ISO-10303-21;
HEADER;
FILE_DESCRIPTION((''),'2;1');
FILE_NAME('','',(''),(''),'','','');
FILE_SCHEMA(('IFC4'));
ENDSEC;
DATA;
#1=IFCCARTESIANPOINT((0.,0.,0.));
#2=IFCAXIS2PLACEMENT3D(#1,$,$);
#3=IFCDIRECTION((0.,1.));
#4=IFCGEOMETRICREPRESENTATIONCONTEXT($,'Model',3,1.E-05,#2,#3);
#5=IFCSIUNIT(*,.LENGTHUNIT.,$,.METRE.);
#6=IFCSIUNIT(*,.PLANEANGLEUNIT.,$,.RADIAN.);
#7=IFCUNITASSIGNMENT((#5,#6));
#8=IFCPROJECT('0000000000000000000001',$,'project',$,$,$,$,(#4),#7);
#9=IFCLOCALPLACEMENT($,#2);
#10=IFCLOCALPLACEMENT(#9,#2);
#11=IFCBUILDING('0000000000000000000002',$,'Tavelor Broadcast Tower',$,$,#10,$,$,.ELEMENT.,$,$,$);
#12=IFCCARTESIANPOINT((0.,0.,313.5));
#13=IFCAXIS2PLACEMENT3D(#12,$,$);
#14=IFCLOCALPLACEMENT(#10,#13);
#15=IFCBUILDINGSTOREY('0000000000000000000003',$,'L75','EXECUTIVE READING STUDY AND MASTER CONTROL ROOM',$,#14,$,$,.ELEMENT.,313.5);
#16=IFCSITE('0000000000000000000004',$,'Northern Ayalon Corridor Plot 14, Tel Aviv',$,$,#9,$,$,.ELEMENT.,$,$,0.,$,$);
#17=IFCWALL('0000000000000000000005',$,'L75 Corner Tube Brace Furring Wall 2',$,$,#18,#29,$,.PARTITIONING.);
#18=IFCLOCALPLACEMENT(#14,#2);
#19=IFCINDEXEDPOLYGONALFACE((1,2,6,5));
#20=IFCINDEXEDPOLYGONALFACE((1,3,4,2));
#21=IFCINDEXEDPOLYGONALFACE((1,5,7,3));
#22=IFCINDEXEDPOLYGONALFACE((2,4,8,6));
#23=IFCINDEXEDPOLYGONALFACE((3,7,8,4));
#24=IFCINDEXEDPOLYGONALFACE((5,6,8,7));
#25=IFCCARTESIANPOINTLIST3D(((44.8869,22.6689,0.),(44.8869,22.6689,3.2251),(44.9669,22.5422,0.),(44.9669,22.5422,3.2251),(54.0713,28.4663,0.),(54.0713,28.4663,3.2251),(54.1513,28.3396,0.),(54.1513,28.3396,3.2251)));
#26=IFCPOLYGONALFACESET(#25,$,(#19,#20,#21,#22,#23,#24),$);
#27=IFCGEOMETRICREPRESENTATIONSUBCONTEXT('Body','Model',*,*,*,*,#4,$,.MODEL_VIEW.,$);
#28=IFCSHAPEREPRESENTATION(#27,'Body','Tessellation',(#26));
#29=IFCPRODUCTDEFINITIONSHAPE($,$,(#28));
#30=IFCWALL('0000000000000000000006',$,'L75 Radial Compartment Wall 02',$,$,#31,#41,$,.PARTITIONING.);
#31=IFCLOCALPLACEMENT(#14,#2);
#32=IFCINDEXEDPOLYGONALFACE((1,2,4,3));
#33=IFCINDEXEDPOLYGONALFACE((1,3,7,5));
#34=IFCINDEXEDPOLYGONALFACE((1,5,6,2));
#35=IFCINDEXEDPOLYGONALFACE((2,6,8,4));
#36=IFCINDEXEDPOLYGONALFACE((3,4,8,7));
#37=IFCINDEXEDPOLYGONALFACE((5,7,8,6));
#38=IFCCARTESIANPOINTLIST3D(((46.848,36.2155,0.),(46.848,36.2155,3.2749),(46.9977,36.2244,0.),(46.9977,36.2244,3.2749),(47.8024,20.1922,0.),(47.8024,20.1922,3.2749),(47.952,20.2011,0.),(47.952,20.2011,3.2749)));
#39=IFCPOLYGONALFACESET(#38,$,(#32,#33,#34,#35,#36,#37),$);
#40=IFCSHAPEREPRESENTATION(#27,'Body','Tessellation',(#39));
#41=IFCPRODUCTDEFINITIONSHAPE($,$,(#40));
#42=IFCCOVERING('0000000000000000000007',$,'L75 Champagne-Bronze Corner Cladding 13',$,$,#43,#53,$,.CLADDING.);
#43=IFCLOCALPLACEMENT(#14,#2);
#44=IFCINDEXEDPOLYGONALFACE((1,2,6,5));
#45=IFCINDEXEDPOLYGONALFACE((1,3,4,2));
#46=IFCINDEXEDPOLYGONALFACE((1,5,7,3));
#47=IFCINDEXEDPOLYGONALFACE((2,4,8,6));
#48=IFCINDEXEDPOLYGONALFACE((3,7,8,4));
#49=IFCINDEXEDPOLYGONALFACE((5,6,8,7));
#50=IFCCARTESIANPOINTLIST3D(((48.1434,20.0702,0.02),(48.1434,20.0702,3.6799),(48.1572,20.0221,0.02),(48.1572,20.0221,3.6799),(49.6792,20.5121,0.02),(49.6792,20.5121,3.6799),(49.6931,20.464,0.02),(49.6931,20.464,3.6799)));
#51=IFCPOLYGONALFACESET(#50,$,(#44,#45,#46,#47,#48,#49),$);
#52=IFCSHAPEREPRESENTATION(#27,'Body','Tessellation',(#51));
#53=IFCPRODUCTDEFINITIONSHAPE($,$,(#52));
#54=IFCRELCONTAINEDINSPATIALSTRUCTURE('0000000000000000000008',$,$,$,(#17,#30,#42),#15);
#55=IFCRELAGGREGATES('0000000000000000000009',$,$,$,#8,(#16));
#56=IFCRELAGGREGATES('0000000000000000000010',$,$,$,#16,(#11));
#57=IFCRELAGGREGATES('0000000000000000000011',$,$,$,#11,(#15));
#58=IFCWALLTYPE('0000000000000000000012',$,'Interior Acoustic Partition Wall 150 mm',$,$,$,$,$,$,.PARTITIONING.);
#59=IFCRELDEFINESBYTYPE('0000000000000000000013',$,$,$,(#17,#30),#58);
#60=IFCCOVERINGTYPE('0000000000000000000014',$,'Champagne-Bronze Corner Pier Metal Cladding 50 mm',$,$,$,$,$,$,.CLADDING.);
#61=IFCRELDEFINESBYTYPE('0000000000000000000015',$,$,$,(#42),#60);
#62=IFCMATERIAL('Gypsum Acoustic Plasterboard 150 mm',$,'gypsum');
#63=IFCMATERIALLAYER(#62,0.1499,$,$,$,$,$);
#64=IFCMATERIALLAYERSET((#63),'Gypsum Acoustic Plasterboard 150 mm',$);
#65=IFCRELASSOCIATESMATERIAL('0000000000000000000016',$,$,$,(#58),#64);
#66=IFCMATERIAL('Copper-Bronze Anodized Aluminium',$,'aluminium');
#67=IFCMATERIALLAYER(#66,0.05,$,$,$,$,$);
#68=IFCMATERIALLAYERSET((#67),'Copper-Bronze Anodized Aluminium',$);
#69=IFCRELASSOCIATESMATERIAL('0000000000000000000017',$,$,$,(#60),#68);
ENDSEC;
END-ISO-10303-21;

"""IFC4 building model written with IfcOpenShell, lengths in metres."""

from ifc_helpers import new_model, si_unit, direction, frame, frame_2d, origin, origin_2d, place, context, subcontext, project, spatial, rectangle, extrude, material, layer, layer_set, type_object, element, save


model = new_model("IFC4")

# Units and contexts
model_context = context("Model", 3, precision=1e-05, world=origin(), true_north=direction((0.0, 1.0)))
body_context = subcontext(model_context, "Body", "Model", "MODEL_VIEW")
ifc_project = project(units=[si_unit("LENGTHUNIT", "METRE"), si_unit("PLANEANGLEUNIT", "RADIAN")], contexts=[model_context])

# Site, building, storey
site_placement = place(None, origin())
site = spatial("IfcSite", under=ifc_project, at=site_placement, Name="Northern Ayalon Corridor Plot 14, Tel Aviv", CompositionType="ELEMENT", RefElevation=0.0)
building_placement = place(site_placement, origin())
building = spatial("IfcBuilding", under=site, at=building_placement, Name="Tavelor Broadcast Tower", CompositionType="ELEMENT")
storey_placement = place(building_placement, frame((0.0, 0.0, 313.5)))
storey = spatial("IfcBuildingStorey", under=building, at=storey_placement, Name="L75", Description="EXECUTIVE READING STUDY AND MASTER CONTROL ROOM", CompositionType="ELEMENT", Elevation=313.5)

# Walls
ifc_material_1 = material(Name="Gypsum Acoustic Plasterboard 150 mm", Category="gypsum")
ifc_layer_1 = layer(ifc_material_1, 0.1499)
ifc_layer_set_1 = layer_set([ifc_layer_1], Name="Gypsum Acoustic Plasterboard 150 mm")
wall_type_1 = type_object("IfcWallType", Name="Interior Acoustic Partition Wall 150 mm", PredefinedType="PARTITIONING", material=ifc_layer_set_1)
wall_1_placement = place(storey_placement, frame((44.9268, 22.6055, 0.0), z_axis=(0.0, 0.0, 1.0), x_axis=(0.845625, 0.533778, 0.0)))
element("IfcWall", 1, at=wall_1_placement, inside=storey, type_object=wall_type_1, Name="L75 Corner Tube Brace Furring Wall 2", PredefinedType="PARTITIONING", context=body_context, shape_type="SweptSolid", body=[
    extrude(rectangle(XDim=10.8611, YDim=0.1499, at=frame_2d((5.4307, 0.0))), origin(), (0.0, 0.0, 1.0), 3.2251),
])
wall_2_placement = place(storey_placement, frame((46.9229, 36.22, 0.0), z_axis=(0.0, 0.0, 1.0), x_axis=(0.059454, -0.998231, 0.0)))
element("IfcWall", 2, at=wall_2_placement, inside=storey, type_object=wall_type_1, Name="L75 Radial Compartment Wall 02", PredefinedType="PARTITIONING", context=body_context, shape_type="SweptSolid", body=[
    extrude(rectangle(XDim=16.0518, YDim=0.1499, at=frame_2d((8.0259, 0.0))), origin(), (0.0, 0.0, 1.0), 3.2749),
])

# Covering
ifc_material_2 = material(Name="Copper-Bronze Anodized Aluminium", Category="aluminium")
ifc_layer_2 = layer(ifc_material_2, 0.05)
ifc_layer_set_2 = layer_set([ifc_layer_2], Name="Copper-Bronze Anodized Aluminium")
covering_type = type_object("IfcCoveringType", Name="Champagne-Bronze Corner Pier Metal Cladding 50 mm", PredefinedType="CLADDING", material=ifc_layer_set_2)
covering_placement = place(storey_placement, frame((48.9182, 20.2671, 0.02), z_axis=(0.0, 0.0, 1.0), x_axis=(0.961021, 0.276476, 0.0)))
element("IfcCovering", 3, at=covering_placement, inside=storey, type_object=covering_type, Name="L75 Champagne-Bronze Corner Cladding 13", PredefinedType="CLADDING", context=body_context, shape_type="SweptSolid", body=[
    extrude(rectangle(XDim=1.5981, YDim=0.05, at=origin_2d()), origin(), (0.0, 0.0, 1.0), 3.6599),
])

save(model, "model.ifc")
